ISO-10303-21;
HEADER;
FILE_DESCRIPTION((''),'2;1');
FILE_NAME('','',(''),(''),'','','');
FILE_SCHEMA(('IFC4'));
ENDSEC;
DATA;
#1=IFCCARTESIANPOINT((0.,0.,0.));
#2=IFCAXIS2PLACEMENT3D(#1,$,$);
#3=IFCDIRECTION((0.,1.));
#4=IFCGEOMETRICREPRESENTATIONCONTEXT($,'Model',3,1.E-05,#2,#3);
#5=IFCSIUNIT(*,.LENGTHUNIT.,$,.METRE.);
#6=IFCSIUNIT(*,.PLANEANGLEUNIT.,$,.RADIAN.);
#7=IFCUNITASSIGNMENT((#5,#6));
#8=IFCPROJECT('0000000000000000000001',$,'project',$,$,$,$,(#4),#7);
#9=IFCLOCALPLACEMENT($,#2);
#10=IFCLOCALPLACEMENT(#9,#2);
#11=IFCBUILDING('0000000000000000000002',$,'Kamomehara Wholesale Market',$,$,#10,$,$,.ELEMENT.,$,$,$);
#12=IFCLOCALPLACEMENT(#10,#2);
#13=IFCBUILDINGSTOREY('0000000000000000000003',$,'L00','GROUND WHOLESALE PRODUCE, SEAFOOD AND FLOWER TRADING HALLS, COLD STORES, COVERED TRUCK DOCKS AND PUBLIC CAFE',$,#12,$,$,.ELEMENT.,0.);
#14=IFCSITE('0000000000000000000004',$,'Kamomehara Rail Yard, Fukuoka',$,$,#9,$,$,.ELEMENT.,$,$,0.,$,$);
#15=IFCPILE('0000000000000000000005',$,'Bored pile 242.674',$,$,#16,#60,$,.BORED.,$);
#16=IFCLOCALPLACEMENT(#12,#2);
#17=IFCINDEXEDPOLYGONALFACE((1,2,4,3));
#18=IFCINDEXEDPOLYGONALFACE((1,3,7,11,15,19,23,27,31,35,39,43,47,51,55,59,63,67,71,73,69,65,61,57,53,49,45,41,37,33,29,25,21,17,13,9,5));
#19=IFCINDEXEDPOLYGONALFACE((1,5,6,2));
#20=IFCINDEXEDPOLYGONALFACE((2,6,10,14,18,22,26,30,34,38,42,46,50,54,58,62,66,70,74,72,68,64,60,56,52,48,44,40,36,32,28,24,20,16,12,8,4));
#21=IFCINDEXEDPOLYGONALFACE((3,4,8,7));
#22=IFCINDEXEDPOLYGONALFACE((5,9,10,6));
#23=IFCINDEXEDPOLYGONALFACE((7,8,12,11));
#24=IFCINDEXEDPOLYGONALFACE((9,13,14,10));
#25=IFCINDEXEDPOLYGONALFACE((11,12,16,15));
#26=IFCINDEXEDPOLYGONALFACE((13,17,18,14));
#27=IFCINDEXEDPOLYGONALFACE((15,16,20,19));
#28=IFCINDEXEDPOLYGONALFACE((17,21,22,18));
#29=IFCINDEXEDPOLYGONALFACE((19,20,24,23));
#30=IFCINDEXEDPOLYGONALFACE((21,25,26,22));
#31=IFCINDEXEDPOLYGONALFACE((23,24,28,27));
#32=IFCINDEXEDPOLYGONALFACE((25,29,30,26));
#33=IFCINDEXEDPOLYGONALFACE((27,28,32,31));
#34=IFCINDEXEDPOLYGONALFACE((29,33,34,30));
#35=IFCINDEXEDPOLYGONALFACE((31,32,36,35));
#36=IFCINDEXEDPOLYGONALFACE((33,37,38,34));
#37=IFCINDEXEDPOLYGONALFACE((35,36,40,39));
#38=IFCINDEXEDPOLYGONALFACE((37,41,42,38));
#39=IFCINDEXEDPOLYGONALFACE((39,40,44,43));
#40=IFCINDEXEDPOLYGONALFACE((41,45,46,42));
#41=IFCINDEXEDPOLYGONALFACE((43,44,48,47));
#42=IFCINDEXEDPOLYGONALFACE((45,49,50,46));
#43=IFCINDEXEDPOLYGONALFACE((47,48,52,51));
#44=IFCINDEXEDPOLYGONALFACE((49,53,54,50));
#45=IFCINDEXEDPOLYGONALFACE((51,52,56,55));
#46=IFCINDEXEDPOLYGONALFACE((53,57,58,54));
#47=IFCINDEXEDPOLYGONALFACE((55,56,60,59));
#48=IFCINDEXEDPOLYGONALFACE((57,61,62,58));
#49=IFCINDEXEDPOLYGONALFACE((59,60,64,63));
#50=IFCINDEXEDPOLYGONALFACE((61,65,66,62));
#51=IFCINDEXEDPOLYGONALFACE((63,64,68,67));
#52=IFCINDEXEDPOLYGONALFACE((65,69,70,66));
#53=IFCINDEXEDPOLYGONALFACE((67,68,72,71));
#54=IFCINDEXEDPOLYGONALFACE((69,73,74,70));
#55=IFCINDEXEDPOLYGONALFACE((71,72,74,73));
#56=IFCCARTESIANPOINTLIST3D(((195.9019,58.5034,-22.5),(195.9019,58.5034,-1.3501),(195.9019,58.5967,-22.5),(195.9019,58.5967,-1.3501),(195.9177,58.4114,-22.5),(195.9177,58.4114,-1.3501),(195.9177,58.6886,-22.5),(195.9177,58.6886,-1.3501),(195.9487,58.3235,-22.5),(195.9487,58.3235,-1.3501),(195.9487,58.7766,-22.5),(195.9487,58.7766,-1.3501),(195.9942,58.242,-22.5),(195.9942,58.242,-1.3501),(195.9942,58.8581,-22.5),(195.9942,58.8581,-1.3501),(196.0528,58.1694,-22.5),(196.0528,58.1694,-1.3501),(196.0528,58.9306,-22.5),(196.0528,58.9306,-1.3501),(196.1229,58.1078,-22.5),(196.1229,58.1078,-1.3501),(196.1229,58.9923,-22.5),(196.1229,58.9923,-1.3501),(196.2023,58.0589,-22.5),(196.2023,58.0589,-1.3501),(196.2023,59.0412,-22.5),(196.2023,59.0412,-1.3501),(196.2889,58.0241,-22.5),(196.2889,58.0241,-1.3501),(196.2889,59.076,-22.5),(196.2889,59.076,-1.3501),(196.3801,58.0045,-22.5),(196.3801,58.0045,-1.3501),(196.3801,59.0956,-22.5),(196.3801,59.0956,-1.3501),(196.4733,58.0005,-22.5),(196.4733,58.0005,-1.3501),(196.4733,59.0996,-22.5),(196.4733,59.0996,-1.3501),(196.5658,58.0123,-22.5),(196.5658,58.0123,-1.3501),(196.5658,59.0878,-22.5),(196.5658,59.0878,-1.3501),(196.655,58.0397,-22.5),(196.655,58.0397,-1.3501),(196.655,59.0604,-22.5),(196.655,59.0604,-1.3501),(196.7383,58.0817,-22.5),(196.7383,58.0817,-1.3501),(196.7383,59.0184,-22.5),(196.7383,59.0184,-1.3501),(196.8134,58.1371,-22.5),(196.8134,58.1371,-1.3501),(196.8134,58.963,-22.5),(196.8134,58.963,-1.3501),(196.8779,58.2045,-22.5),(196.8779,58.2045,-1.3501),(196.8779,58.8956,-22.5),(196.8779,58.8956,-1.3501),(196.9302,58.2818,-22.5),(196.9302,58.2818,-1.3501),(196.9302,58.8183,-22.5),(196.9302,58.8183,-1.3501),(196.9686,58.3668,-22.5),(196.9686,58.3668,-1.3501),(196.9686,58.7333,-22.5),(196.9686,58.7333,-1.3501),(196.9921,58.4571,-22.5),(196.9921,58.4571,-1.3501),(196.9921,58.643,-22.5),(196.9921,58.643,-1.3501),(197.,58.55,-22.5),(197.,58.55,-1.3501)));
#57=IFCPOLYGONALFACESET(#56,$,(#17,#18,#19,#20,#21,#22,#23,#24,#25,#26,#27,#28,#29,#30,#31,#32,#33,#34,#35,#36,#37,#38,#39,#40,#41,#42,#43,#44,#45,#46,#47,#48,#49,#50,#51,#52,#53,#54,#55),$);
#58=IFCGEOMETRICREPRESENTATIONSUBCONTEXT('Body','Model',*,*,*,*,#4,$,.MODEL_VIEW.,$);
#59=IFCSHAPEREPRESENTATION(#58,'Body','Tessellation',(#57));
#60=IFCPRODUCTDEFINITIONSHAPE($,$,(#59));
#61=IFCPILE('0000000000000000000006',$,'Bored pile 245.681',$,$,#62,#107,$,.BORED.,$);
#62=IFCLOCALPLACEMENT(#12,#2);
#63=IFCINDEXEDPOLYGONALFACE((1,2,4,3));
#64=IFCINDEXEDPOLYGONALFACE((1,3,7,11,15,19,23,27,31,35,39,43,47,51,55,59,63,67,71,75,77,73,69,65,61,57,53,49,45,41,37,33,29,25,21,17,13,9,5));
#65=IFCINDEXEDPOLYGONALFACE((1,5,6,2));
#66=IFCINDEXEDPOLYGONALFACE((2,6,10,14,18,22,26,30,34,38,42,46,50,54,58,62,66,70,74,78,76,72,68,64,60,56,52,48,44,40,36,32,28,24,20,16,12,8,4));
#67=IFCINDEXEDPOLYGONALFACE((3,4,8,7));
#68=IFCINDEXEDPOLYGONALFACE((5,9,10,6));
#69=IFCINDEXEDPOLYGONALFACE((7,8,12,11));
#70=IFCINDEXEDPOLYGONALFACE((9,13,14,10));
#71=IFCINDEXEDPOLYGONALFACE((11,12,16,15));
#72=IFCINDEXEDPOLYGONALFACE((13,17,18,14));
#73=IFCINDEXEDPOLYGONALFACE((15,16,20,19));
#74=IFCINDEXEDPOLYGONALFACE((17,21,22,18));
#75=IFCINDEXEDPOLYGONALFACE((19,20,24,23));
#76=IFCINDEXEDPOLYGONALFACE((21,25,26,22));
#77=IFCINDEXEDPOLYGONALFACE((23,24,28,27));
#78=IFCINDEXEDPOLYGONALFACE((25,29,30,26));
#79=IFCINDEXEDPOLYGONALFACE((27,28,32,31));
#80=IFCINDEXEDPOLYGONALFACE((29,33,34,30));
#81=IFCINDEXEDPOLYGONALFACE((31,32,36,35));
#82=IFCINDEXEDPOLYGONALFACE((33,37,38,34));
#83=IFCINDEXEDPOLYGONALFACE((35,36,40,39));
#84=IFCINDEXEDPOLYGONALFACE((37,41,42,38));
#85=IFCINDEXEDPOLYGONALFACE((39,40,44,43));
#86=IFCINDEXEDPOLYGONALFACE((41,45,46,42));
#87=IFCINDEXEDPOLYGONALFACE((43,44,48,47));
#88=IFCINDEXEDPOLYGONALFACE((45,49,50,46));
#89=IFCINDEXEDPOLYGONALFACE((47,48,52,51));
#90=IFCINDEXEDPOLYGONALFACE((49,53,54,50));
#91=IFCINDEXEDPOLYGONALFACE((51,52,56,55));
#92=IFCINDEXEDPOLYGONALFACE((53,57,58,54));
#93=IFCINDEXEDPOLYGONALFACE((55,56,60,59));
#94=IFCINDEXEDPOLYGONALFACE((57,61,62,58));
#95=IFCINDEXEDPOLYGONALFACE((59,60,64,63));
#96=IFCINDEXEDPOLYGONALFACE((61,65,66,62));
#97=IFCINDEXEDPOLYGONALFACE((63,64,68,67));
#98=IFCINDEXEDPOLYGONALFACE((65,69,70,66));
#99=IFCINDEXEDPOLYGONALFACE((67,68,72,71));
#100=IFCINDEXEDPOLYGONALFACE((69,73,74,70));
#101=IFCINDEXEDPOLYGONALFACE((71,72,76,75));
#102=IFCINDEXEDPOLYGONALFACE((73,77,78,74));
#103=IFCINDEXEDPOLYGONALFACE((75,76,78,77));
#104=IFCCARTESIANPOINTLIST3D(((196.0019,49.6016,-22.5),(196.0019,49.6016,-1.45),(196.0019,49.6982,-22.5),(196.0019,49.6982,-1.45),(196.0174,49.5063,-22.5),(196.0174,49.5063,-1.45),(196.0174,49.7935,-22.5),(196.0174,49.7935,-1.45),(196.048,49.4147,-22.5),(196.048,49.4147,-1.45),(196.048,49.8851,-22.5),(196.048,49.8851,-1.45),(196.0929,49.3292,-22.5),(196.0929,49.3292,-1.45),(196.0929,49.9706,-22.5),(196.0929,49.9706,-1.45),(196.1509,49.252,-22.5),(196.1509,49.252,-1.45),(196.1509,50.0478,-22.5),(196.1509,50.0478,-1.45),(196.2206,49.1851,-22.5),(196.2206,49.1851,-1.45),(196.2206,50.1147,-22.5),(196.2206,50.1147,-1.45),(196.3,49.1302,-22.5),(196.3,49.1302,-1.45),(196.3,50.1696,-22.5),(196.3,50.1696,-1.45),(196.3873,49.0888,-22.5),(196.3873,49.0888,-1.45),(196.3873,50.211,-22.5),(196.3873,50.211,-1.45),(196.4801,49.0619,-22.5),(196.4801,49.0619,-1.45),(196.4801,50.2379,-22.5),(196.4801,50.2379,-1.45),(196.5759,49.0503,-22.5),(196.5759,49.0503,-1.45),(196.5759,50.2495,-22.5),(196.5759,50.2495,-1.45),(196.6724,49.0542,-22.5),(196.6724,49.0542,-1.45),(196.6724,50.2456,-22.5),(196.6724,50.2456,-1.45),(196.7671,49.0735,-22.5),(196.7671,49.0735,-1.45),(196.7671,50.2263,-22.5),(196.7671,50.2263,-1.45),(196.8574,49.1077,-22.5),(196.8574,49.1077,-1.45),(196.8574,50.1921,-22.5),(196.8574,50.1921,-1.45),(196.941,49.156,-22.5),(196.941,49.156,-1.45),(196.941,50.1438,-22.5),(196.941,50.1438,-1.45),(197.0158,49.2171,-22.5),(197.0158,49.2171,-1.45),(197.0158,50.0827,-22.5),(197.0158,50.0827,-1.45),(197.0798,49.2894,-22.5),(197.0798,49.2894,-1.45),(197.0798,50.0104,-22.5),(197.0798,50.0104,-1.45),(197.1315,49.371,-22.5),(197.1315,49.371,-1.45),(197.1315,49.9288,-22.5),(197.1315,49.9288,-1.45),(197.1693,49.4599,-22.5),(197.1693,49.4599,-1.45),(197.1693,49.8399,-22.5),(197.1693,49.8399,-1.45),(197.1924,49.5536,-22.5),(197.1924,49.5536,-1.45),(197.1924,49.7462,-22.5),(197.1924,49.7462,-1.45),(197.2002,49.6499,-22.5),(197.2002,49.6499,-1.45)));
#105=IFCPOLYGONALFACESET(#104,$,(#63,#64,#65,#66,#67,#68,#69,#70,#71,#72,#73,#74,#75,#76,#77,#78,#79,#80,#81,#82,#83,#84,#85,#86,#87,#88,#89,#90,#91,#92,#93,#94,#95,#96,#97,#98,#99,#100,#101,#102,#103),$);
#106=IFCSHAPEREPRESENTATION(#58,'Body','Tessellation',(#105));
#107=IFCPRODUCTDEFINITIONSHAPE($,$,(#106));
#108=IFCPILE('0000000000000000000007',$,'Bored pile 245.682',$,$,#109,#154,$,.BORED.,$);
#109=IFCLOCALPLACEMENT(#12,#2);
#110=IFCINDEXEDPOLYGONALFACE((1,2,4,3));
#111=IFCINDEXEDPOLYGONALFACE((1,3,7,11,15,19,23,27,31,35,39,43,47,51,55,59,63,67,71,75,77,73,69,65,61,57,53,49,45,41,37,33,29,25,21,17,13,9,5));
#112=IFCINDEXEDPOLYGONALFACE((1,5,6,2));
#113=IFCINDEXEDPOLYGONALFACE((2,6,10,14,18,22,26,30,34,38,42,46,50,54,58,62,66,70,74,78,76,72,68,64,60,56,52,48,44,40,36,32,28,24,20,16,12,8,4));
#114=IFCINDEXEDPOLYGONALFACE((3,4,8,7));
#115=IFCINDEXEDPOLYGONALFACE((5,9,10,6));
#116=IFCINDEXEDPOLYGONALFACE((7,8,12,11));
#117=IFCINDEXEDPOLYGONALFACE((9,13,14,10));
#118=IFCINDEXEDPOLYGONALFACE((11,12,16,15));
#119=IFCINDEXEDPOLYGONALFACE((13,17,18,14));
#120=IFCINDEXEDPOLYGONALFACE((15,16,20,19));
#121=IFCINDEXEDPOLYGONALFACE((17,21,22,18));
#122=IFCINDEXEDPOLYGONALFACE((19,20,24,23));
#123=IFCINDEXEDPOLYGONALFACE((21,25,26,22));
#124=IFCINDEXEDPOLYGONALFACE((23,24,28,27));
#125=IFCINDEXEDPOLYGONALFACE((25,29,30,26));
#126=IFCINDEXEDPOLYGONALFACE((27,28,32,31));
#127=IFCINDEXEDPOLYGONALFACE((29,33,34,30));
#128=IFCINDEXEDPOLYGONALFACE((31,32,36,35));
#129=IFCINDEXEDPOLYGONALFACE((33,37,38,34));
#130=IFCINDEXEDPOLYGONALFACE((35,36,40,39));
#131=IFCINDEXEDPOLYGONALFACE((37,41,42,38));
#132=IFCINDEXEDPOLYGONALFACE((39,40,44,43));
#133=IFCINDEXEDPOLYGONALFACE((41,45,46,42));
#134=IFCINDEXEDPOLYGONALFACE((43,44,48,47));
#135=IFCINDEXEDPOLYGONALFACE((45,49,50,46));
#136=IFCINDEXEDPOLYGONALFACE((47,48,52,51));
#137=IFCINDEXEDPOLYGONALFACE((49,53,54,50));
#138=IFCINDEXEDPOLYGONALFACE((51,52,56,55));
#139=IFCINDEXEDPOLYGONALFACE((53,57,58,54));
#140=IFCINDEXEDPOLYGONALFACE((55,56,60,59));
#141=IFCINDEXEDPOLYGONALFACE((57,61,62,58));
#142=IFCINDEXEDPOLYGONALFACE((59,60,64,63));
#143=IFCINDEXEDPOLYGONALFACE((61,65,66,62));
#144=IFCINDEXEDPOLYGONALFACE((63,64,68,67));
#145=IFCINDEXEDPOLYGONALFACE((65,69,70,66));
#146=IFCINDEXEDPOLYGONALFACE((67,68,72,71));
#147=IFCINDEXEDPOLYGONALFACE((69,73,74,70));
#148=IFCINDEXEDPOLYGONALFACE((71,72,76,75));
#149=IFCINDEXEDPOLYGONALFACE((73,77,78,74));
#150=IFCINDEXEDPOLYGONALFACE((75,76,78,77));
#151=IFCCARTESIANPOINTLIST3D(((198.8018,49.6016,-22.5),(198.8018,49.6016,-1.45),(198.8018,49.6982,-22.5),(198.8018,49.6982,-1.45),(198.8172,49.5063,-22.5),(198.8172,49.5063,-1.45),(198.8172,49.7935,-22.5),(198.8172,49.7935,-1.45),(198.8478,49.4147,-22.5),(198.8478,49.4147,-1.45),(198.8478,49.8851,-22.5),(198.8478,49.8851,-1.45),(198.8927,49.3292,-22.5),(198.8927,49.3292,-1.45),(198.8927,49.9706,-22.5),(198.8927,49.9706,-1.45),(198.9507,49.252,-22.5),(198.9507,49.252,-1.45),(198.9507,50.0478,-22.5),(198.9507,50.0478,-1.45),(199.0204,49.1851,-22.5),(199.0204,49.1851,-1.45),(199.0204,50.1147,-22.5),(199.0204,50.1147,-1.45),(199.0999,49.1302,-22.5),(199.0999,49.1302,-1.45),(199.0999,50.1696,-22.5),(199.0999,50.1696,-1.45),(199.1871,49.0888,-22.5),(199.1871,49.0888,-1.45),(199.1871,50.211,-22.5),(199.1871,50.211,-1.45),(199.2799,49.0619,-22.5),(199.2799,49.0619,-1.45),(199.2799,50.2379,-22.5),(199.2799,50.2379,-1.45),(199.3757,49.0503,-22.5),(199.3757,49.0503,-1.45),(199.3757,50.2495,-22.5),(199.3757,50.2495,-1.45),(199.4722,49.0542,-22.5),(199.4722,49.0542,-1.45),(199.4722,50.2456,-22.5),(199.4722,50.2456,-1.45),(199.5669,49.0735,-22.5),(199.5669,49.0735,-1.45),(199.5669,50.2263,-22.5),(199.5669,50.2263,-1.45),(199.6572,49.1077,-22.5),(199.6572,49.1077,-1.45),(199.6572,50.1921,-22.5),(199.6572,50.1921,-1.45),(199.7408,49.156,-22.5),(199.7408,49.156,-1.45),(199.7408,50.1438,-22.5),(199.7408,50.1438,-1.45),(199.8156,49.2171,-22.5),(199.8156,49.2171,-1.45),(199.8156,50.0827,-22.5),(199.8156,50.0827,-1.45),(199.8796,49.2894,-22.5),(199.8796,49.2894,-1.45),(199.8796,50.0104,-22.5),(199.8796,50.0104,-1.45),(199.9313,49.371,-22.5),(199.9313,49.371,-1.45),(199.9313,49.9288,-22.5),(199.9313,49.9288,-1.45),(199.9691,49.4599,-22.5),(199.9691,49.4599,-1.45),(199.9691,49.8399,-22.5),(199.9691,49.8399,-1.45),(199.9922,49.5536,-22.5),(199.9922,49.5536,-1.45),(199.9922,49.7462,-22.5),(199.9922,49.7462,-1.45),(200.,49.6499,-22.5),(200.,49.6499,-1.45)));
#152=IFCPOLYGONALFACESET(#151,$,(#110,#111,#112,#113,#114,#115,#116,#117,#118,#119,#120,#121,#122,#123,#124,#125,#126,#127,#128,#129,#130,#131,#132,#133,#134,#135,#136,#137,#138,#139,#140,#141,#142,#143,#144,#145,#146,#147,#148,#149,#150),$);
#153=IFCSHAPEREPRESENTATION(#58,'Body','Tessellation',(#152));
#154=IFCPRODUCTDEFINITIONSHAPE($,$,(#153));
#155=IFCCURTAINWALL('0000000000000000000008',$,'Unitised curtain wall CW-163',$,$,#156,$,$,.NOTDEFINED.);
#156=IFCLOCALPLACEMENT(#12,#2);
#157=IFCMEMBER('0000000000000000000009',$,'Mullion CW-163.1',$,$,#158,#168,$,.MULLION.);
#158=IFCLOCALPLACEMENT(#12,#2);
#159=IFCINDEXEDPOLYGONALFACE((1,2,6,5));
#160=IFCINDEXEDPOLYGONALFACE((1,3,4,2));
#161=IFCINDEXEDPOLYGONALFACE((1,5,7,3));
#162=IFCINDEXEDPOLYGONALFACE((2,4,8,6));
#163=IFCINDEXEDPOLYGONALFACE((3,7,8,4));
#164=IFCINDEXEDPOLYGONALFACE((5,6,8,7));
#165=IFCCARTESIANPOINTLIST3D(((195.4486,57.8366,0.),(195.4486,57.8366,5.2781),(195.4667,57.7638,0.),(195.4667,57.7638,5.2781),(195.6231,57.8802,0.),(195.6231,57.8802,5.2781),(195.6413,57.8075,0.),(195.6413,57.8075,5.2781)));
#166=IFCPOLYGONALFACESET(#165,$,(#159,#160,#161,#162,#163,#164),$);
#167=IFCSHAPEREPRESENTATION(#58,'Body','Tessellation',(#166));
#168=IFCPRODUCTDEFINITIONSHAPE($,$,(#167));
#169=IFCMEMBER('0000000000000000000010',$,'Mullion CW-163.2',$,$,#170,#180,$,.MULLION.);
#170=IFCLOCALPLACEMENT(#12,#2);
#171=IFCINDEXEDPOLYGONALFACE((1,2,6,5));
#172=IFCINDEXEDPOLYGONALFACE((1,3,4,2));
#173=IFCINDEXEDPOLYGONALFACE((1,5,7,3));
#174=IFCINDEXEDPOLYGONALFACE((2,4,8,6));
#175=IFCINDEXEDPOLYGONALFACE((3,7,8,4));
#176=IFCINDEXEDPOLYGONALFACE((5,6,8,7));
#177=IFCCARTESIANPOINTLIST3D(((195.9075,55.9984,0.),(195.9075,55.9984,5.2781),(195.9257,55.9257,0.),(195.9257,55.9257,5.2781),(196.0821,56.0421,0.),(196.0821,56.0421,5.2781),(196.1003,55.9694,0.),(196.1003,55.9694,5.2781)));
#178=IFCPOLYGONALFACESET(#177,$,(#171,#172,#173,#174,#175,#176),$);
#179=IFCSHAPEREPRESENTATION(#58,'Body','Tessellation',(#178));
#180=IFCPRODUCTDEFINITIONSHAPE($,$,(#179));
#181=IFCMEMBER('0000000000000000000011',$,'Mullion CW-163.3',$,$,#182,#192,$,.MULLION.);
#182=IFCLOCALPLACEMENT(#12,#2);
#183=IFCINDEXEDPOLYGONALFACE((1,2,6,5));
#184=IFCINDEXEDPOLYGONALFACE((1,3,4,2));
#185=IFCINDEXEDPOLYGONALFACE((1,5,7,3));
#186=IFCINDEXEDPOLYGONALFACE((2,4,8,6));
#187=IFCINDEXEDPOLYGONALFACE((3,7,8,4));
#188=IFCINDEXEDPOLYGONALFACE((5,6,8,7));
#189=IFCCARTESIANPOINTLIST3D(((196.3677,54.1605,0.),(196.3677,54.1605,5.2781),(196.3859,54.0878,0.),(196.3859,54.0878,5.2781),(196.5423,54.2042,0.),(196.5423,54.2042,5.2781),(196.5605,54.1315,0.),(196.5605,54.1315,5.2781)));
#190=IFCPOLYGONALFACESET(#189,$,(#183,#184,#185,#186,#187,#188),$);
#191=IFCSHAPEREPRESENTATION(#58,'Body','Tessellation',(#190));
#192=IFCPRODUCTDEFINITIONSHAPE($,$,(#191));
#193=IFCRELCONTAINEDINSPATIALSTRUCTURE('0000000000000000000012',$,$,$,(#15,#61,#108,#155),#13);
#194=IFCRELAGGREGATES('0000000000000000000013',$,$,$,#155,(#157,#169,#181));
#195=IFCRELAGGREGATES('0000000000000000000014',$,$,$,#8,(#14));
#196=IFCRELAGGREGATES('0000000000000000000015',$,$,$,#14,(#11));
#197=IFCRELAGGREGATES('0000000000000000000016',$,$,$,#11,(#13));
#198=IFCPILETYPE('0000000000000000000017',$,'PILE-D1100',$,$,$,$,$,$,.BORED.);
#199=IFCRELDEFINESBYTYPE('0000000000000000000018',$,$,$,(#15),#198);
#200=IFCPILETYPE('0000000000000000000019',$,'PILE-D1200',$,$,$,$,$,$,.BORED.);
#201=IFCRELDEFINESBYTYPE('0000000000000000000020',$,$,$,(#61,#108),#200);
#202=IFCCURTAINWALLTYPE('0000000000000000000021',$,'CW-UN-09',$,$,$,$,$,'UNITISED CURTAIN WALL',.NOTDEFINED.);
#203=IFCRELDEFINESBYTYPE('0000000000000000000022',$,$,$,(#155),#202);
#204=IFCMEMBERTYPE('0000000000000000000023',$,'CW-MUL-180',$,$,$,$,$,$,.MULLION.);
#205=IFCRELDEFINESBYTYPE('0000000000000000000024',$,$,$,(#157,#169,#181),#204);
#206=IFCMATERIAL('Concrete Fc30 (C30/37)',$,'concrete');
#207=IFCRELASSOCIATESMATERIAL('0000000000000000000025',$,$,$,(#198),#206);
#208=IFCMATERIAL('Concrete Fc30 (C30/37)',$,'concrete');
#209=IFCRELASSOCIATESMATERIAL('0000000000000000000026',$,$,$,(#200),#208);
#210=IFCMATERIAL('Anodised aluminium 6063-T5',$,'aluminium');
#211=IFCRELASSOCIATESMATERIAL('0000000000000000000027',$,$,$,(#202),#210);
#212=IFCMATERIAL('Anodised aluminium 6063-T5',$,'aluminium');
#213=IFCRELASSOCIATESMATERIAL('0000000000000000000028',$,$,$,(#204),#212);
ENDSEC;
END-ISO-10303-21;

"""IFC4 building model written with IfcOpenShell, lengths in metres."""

from ifc_helpers import new_model, si_unit, direction, frame, origin, origin_2d, place, context, subcontext, project, spatial, rectangle, circle, extrude, material, material_profile, profile_set, type_object, element, aggregate, save


model = new_model("IFC4")

# Units and contexts
model_context = context("Model", 3, precision=1e-05, world=origin(), true_north=direction((0.0, 1.0)))
body_context = subcontext(model_context, "Body", "Model", "MODEL_VIEW")
ifc_project = project(units=[si_unit("LENGTHUNIT", "METRE"), si_unit("PLANEANGLEUNIT", "RADIAN")], contexts=[model_context])

# Site, building, storey
site_placement = place(None, origin())
site = spatial("IfcSite", under=ifc_project, at=site_placement, Name="Kamomehara Rail Yard, Fukuoka", CompositionType="ELEMENT", RefElevation=0.0)
building_placement = place(site_placement, origin())
building = spatial("IfcBuilding", under=site, at=building_placement, Name="Kamomehara Wholesale Market", CompositionType="ELEMENT")
storey_placement = place(building_placement, origin())
storey = spatial("IfcBuildingStorey", under=building, at=storey_placement, Name="L00", Description="GROUND WHOLESALE PRODUCE, SEAFOOD AND FLOWER TRADING HALLS, COLD STORES, COVERED TRUCK DOCKS AND PUBLIC CAFE", CompositionType="ELEMENT", Elevation=0.0)

# Piles
ifc_material_1 = material(Name="Concrete Fc30 (C30/37)", Category="concrete")
ifc_material_profile_1 = material_profile(ifc_material_1, circle(Radius=0.55, at=origin_2d()), Name="RC-PILE-D1100")
ifc_profile_set_1 = profile_set([ifc_material_profile_1], Name="Concrete Fc30 (C30/37)")
pile_type_1 = type_object("IfcPileType", Name="PILE-D1100", PredefinedType="BORED", material=ifc_profile_set_1)
pile_placement = place(storey_placement, frame((196.45, 58.55, -1.3501), z_axis=(0.0, 0.0, -1.0), x_axis=(1.0, 0.0, 0.0)))
element("IfcPile", 1, at=pile_placement, inside=storey, type_object=pile_type_1, Name="Bored pile 242.674", PredefinedType="BORED", context=body_context, shape_type="SweptSolid", body=[
    extrude(circle(Radius=0.55, at=origin_2d()), origin(), (0.0, 0.0, 1.0), 21.1499),
])
ifc_material_2 = material(Name="Concrete Fc30 (C30/37)", Category="concrete")
ifc_material_profile_2 = material_profile(ifc_material_2, circle(Radius=0.6001, at=origin_2d()), Name="RC-PILE-D1200")
ifc_profile_set_2 = profile_set([ifc_material_profile_2], Name="Concrete Fc30 (C30/37)")
pile_type_2 = type_object("IfcPileType", Name="PILE-D1200", PredefinedType="BORED", material=ifc_profile_set_2)
for number, where, z_axis, x_axis, name in (
    (2, (196.6001, 49.6499, -1.45), (0.0, 0.0, -1.0), (1.0, 0.0, 0.0), "Bored pile 245.681"),
    (3, (199.3999, 49.6499, -1.45), (0.0, 0.0, -1.0), (1.0, 0.0, 0.0), "Bored pile 245.682"),
):
    element("IfcPile", number, at=place(storey_placement, frame(where, z_axis=z_axis, x_axis=x_axis)), inside=storey, type_object=pile_type_2, Name=name, PredefinedType="BORED", context=body_context, shape_type="SweptSolid", body=[
        extrude(circle(Radius=0.6001, at=origin_2d()), origin(), (0.0, 0.0, 1.0), 21.05),
    ])

# Curtain wall, members
ifc_material_3 = material(Name="Anodised aluminium 6063-T5", Category="aluminium")
curtain_wall_type = type_object("IfcCurtainWallType", Name="CW-UN-09", ElementType="UNITISED CURTAIN WALL", PredefinedType="NOTDEFINED", material=ifc_material_3)
curtain_wall_1_placement = place(storey_placement, origin())
curtain_wall_1 = element("IfcCurtainWall", 4, at=curtain_wall_1_placement, inside=storey, type_object=curtain_wall_type, Name="Unitised curtain wall CW-163", PredefinedType="NOTDEFINED")
ifc_material_4 = material(Name="Anodised aluminium 6063-T5", Category="aluminium")
ifc_material_profile_3 = material_profile(ifc_material_4, rectangle(XDim=0.075, YDim=0.1799, at=origin_2d()), Name="ALU-MUL-75x180")
ifc_profile_set_3 = profile_set([ifc_material_profile_3], Name="Anodised aluminium 6063-T5")
member_type_1 = type_object("IfcMemberType", Name="CW-MUL-180", PredefinedType="MULLION", material=ifc_profile_set_3)
member_1_placement = place(storey_placement, frame((195.5449, 57.822, 0.0), z_axis=(0.0, 0.0, 1.0), x_axis=(0.242618, -0.970122, 0.0)))
member_1 = element("IfcMember", 5, at=member_1_placement, type_object=member_type_1, Name="Mullion CW-163.1", PredefinedType="MULLION", context=body_context, shape_type="SweptSolid", body=[
    extrude(rectangle(XDim=0.075, YDim=0.1799, at=origin_2d()), origin(), (0.0, 0.0, 1.0), 5.2781),
])
member_2_placement = place(storey_placement, frame((196.0039, 55.9839, 0.0), z_axis=(0.0, 0.0, 1.0), x_axis=(0.242618, -0.970122, 0.0)))
member_2 = element("IfcMember", 6, at=member_2_placement, type_object=member_type_1, Name="Mullion CW-163.2", PredefinedType="MULLION", context=body_context, shape_type="SweptSolid", body=[
    extrude(rectangle(XDim=0.075, YDim=0.1799, at=origin_2d()), origin(), (0.0, 0.0, 1.0), 5.2781),
])
member_3_placement = place(storey_placement, frame((196.4641, 54.146, 0.0), z_axis=(0.0, 0.0, 1.0), x_axis=(0.242618, -0.970122, 0.0)))
member_3 = element("IfcMember", 7, at=member_3_placement, type_object=member_type_1, Name="Mullion CW-163.3", PredefinedType="MULLION", context=body_context, shape_type="SweptSolid", body=[
    extrude(rectangle(XDim=0.075, YDim=0.1799, at=origin_2d()), origin(), (0.0, 0.0, 1.0), 5.2781),
])

aggregate(curtain_wall_1, [member_1, member_2, member_3])

save(model, "model.ifc")
